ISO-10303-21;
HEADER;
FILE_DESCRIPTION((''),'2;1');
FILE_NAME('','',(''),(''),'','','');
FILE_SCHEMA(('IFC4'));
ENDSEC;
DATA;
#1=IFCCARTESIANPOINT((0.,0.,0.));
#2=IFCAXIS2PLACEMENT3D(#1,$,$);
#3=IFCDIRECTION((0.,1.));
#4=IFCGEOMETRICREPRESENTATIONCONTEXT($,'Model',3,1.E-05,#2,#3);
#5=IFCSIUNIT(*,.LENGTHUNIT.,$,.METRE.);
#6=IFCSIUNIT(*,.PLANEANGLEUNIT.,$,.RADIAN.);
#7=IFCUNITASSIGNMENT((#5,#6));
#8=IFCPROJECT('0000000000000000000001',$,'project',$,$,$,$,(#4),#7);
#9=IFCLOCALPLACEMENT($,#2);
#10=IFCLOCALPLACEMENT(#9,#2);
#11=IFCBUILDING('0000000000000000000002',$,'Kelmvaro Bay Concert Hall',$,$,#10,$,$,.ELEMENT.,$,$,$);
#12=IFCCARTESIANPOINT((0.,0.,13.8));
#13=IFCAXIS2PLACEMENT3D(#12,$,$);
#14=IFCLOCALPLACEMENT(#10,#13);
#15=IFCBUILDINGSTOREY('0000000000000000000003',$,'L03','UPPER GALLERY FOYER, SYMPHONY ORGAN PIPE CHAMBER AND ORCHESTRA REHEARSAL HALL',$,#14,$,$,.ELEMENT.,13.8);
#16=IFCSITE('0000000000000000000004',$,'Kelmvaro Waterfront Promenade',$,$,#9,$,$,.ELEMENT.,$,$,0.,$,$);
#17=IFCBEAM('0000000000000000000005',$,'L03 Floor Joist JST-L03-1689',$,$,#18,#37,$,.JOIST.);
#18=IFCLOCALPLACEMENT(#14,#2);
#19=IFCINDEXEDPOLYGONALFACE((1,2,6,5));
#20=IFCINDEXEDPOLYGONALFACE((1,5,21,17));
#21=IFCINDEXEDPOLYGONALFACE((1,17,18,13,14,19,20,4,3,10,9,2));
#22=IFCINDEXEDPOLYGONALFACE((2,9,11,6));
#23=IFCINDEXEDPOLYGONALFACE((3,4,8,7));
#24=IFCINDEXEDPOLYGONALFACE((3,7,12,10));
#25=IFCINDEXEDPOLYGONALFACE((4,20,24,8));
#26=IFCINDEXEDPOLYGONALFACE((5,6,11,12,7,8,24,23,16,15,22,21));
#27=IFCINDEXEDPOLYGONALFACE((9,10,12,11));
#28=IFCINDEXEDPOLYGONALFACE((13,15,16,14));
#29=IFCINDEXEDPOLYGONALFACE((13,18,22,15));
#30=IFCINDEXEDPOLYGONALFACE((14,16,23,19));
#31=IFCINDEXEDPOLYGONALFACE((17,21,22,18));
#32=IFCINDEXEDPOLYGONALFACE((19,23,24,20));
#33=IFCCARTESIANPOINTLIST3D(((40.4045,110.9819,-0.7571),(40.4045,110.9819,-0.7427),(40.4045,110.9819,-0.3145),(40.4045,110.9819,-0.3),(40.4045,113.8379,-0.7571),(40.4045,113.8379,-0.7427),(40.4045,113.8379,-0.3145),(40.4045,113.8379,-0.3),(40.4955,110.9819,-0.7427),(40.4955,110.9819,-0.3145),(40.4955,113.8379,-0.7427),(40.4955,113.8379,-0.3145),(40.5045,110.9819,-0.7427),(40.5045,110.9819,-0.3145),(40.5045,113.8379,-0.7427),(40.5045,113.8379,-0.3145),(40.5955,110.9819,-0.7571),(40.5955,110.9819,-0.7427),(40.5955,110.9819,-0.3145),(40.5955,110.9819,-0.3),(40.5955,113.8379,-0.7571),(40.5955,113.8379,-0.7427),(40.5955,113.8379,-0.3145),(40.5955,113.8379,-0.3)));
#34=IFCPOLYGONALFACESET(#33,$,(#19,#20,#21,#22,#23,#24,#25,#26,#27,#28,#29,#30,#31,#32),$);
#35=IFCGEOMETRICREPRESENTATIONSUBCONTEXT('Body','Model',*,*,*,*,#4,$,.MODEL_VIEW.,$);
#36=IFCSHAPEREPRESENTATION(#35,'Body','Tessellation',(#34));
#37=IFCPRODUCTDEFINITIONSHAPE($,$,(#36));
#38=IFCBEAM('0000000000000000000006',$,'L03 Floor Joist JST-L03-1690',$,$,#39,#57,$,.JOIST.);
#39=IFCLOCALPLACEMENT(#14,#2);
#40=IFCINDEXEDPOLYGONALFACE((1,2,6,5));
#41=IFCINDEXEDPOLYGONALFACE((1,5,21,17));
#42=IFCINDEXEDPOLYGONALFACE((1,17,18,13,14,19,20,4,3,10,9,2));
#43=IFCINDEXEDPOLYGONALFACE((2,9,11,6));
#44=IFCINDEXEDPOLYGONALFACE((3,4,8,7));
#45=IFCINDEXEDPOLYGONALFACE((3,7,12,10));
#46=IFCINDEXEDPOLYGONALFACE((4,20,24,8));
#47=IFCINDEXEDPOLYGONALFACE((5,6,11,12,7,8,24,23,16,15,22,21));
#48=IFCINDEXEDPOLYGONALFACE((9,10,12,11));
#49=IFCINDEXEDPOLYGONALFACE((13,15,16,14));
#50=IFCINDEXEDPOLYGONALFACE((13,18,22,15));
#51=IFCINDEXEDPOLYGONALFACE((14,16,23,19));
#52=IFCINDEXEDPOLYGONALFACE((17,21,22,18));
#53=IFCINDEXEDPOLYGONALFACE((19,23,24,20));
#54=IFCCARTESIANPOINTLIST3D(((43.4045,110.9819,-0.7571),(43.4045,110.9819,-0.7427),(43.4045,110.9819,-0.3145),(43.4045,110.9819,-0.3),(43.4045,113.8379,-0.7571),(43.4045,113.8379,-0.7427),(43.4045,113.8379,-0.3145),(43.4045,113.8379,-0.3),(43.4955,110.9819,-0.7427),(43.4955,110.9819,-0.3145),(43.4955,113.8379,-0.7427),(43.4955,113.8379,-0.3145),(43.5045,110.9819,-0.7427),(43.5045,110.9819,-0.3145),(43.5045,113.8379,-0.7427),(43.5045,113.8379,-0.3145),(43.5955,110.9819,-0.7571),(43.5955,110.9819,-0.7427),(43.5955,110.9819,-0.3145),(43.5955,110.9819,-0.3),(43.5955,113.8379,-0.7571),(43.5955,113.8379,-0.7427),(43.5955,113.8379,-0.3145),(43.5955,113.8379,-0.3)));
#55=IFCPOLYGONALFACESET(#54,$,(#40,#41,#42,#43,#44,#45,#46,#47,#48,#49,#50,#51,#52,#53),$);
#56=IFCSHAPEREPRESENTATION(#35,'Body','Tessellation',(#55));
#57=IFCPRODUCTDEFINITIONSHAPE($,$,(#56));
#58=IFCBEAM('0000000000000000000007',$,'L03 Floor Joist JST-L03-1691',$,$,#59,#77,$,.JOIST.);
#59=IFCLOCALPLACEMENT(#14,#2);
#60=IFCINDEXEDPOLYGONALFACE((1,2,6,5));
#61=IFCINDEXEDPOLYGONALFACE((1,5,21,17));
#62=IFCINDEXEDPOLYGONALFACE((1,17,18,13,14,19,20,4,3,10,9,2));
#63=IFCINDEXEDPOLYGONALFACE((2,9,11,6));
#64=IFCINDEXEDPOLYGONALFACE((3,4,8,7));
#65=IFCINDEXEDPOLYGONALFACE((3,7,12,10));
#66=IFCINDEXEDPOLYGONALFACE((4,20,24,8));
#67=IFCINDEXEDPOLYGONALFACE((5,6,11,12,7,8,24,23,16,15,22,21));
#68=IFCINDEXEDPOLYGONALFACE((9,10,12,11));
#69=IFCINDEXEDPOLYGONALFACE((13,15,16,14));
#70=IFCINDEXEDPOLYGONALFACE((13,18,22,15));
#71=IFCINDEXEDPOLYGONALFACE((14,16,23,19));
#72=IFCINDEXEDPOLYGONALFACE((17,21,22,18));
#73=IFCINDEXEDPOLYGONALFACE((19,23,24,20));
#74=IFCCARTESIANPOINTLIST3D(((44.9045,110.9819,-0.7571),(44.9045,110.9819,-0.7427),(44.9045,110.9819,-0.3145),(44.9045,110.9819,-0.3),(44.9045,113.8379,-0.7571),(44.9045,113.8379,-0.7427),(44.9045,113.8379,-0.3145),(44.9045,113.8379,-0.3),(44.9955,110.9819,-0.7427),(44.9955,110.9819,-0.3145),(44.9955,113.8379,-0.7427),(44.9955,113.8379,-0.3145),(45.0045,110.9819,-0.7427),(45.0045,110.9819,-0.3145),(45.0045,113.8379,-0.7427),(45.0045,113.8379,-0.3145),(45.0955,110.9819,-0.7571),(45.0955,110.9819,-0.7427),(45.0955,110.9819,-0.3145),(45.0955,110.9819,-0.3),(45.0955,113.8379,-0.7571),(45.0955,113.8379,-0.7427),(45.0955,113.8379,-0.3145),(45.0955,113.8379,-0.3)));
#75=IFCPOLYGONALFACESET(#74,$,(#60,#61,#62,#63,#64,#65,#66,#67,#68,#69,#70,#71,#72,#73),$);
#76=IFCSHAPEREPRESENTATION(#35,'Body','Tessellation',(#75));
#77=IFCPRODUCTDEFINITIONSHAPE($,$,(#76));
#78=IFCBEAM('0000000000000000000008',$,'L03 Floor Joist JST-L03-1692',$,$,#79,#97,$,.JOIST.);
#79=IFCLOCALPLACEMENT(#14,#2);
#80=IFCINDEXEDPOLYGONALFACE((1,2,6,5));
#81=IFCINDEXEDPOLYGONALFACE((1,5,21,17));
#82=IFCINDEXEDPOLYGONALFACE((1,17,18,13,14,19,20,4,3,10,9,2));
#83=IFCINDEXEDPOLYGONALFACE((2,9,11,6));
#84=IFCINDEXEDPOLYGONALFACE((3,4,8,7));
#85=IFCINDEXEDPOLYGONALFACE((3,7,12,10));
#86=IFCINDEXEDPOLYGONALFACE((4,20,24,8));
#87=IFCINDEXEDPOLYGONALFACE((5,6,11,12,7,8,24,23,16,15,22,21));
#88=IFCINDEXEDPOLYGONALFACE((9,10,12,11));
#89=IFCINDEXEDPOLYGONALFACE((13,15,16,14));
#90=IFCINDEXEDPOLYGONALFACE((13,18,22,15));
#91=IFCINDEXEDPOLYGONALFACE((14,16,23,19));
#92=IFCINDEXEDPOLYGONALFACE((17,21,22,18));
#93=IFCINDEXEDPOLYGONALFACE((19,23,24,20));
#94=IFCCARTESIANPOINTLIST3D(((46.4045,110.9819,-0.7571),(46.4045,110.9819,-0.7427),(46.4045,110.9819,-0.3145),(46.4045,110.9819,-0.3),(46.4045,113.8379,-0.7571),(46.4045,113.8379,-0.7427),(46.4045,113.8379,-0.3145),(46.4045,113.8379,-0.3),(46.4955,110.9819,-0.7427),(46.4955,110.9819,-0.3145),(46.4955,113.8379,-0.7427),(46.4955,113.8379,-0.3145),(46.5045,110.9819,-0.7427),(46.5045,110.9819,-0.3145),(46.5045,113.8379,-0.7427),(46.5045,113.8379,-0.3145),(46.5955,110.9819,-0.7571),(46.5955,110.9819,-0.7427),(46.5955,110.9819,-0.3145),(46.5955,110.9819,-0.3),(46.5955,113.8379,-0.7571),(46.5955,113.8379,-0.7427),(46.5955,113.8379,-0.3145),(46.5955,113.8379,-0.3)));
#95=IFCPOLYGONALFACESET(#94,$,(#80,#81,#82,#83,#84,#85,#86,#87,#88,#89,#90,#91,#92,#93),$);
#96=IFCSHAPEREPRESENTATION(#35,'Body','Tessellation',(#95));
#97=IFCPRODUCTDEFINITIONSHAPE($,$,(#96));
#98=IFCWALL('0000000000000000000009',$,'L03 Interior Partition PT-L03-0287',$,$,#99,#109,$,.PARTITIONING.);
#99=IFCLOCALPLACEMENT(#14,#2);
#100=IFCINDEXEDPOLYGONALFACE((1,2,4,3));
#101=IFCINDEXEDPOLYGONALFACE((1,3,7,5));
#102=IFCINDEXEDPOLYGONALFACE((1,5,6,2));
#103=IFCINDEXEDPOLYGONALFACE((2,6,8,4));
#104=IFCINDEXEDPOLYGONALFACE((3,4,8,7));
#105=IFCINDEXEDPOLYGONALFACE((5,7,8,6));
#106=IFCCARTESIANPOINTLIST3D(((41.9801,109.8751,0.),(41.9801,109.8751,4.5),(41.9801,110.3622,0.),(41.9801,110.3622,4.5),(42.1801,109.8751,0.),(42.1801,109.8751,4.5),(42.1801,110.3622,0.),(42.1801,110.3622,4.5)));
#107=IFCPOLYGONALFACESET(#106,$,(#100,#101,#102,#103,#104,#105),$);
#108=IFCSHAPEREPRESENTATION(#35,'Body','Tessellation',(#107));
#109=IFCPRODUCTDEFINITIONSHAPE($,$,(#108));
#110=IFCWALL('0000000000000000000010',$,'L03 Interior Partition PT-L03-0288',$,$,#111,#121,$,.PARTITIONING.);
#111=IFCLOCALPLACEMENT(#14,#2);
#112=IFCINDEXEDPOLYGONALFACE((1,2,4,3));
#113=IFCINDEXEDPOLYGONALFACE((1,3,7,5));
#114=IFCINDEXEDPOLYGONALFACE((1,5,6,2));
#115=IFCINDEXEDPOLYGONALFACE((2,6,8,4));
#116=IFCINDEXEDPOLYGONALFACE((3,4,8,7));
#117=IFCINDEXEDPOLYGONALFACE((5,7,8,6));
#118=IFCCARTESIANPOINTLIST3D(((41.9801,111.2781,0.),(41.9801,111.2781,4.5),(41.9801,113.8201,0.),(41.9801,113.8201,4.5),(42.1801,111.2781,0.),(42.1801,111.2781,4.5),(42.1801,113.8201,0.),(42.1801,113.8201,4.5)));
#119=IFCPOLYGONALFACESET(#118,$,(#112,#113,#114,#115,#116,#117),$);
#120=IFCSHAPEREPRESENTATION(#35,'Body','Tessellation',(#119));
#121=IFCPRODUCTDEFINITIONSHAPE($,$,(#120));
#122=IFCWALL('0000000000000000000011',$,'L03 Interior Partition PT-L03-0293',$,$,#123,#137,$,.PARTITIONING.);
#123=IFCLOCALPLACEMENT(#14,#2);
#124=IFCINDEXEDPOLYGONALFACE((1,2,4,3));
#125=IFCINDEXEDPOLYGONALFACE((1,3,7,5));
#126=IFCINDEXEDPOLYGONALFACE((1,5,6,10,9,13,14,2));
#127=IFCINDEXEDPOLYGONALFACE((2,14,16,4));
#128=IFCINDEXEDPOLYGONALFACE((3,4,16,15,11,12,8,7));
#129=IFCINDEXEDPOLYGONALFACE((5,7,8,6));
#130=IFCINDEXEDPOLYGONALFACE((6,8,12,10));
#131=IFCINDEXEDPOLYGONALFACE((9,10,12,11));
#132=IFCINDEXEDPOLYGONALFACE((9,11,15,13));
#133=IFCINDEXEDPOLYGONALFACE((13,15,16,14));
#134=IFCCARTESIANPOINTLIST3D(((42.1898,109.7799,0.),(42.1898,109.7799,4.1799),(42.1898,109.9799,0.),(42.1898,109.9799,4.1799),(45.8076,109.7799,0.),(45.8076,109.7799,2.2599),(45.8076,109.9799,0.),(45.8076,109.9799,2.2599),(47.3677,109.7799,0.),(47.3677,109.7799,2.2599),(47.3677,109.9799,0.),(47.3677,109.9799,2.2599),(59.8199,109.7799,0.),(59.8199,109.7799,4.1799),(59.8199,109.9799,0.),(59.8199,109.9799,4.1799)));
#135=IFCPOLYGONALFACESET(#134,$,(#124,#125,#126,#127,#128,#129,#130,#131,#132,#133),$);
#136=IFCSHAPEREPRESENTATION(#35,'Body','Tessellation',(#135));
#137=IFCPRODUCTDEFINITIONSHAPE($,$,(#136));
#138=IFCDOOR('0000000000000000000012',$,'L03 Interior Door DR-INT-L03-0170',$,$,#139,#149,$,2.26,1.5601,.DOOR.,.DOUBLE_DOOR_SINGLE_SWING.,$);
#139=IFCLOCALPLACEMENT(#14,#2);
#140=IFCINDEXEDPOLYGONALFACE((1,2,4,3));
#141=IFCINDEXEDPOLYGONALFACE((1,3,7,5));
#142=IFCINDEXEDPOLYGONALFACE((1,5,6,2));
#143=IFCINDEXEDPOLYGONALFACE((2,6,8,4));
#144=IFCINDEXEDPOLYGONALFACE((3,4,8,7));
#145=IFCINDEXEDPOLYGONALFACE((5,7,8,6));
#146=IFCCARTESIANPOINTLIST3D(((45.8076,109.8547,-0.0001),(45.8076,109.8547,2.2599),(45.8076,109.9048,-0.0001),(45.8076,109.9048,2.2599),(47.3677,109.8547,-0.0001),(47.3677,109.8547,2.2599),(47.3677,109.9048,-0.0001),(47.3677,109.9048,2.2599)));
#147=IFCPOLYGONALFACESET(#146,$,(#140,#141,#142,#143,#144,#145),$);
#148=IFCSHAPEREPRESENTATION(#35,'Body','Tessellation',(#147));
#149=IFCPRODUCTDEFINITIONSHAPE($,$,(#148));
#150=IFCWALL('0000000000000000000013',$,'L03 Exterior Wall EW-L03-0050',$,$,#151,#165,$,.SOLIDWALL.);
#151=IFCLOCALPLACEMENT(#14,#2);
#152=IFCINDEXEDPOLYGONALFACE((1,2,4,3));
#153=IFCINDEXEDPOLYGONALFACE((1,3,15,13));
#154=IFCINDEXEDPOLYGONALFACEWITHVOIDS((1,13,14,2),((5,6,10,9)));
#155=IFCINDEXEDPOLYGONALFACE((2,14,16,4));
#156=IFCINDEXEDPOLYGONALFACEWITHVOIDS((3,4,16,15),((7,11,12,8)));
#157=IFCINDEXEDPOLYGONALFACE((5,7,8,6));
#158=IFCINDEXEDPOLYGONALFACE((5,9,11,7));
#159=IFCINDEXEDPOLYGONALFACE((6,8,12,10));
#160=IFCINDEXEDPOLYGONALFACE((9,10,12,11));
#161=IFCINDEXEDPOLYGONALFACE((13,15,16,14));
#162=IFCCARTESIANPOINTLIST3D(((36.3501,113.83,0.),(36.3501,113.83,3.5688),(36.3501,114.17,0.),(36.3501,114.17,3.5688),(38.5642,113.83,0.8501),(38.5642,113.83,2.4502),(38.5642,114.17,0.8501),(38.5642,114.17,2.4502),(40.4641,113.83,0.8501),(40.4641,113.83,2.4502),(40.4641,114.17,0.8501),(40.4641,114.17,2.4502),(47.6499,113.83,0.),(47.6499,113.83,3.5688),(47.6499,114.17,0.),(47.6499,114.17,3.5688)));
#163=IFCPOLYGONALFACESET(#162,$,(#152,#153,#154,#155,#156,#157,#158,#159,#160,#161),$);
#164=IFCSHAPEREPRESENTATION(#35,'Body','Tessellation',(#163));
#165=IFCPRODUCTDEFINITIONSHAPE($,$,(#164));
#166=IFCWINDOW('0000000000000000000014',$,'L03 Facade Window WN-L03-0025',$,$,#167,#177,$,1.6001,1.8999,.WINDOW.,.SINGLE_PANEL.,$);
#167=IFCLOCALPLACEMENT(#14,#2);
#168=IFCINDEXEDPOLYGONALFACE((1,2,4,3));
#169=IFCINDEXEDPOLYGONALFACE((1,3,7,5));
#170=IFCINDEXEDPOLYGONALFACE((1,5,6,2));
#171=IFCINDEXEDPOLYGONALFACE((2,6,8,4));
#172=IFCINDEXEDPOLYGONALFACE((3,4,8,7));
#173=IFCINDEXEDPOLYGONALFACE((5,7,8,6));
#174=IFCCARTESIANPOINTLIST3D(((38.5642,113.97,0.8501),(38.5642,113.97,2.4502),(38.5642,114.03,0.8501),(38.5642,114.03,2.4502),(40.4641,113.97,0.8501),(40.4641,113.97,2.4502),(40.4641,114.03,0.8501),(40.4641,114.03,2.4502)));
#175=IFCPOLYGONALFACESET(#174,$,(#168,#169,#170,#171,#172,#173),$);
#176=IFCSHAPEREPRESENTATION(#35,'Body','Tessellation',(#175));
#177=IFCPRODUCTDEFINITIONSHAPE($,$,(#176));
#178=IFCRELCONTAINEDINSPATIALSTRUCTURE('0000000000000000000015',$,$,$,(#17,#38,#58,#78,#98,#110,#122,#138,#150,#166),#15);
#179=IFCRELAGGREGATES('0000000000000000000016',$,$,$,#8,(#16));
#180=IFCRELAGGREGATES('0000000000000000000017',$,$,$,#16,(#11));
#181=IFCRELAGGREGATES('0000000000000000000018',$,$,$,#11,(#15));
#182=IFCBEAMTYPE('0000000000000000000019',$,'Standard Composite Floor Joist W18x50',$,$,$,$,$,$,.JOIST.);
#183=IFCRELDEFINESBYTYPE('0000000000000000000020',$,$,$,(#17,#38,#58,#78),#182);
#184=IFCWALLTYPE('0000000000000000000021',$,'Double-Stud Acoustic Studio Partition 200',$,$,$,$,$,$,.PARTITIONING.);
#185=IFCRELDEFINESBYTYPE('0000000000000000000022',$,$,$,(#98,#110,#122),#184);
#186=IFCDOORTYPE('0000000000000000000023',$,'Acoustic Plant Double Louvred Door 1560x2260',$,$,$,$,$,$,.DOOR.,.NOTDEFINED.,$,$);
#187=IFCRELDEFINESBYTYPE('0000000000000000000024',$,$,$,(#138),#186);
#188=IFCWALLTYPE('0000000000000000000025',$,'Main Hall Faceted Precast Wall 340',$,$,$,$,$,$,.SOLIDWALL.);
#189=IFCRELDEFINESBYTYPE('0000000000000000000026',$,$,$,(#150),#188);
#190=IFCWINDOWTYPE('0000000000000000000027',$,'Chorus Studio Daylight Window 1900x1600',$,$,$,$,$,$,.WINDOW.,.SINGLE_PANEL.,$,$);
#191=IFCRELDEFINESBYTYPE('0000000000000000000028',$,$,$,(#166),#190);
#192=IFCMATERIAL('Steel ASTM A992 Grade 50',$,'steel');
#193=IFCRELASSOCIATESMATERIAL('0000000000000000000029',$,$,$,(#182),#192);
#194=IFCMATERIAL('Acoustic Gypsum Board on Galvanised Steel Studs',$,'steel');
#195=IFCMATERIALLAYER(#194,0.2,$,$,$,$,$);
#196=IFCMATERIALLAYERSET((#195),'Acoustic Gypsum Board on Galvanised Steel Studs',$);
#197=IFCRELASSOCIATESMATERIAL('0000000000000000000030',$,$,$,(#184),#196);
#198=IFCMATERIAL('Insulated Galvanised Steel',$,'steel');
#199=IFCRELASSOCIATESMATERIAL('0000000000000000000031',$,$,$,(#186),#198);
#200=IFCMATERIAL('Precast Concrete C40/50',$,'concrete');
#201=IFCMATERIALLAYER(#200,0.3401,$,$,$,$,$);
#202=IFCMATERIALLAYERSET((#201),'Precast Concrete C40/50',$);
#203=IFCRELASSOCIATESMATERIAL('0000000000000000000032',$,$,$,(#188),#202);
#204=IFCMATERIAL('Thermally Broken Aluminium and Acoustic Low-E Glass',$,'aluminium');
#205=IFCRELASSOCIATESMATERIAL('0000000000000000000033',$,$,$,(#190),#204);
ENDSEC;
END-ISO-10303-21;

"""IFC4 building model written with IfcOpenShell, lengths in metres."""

from ifc_helpers import new_model, si_unit, direction, frame, frame_2d, origin, origin_2d, place, context, subcontext, project, spatial, rectangle, i_section, extrude, material, layer, layer_set, material_profile, profile_set, type_object, element, fill, save


model = new_model("IFC4")

# Units and contexts
model_context = context("Model", 3, precision=1e-05, world=origin(), true_north=direction((0.0, 1.0)))
body_context = subcontext(model_context, "Body", "Model", "MODEL_VIEW")
ifc_project = project(units=[si_unit("LENGTHUNIT", "METRE"), si_unit("PLANEANGLEUNIT", "RADIAN")], contexts=[model_context])

# Site, building, storey
site_placement = place(None, origin())
site = spatial("IfcSite", under=ifc_project, at=site_placement, Name="Kelmvaro Waterfront Promenade", CompositionType="ELEMENT", RefElevation=0.0)
building_placement = place(site_placement, origin())
building = spatial("IfcBuilding", under=site, at=building_placement, Name="Kelmvaro Bay Concert Hall", CompositionType="ELEMENT")
storey_placement = place(building_placement, frame((0.0, 0.0, 13.8)))
storey = spatial("IfcBuildingStorey", under=building, at=storey_placement, Name="L03", Description="UPPER GALLERY FOYER, SYMPHONY ORGAN PIPE CHAMBER AND ORCHESTRA REHEARSAL HALL", CompositionType="ELEMENT", Elevation=13.8)

# Beams
ifc_material_1 = material(Name="Steel ASTM A992 Grade 50", Category="steel")
ifc_material_profile_1 = material_profile(ifc_material_1, i_section(OverallWidth=0.1909, OverallDepth=0.457, WebThickness=0.009, FlangeThickness=0.0144, at=origin_2d()), Name="W18X50")
ifc_profile_set_1 = profile_set([ifc_material_profile_1], Name="Steel ASTM A992 Grade 50")
beam_type_1 = type_object("IfcBeamType", Name="Standard Composite Floor Joist W18x50", PredefinedType="JOIST", material=ifc_profile_set_1)
for number, where, z_axis, x_axis, name in (
    (1, (40.5, 110.9819, -0.5286), (0.0, 1.0, 0.0), (-1.0, 0.0, 0.0), "L03 Floor Joist JST-L03-1689"),
    (2, (43.5, 110.9819, -0.5286), (0.0, 1.0, 0.0), (-1.0, 0.0, 0.0), "L03 Floor Joist JST-L03-1690"),
    (3, (45.0, 110.9819, -0.5286), (0.0, 1.0, 0.0), (-1.0, 0.0, 0.0), "L03 Floor Joist JST-L03-1691"),
    (4, (46.5, 110.9819, -0.5286), (0.0, 1.0, 0.0), (-1.0, 0.0, 0.0), "L03 Floor Joist JST-L03-1692"),
):
    element("IfcBeam", number, at=place(storey_placement, frame(where, z_axis=z_axis, x_axis=x_axis)), inside=storey, type_object=beam_type_1, Name=name, PredefinedType="JOIST", context=body_context, shape_type="SweptSolid", body=[
        extrude(i_section(OverallWidth=0.1909, OverallDepth=0.457, WebThickness=0.009, FlangeThickness=0.0144, at=origin_2d()), origin(), (0.0, 0.0, 1.0), 2.856),
    ])

# Walls
ifc_material_2 = material(Name="Acoustic Gypsum Board on Galvanised Steel Studs", Category="steel")
ifc_layer_1 = layer(ifc_material_2, 0.2)
ifc_layer_set_1 = layer_set([ifc_layer_1], Name="Acoustic Gypsum Board on Galvanised Steel Studs")
wall_type_1 = type_object("IfcWallType", Name="Double-Stud Acoustic Studio Partition 200", PredefinedType="PARTITIONING", material=ifc_layer_set_1)
wall_1_placement = place(storey_placement, frame((42.0801, 109.875, 0.0), z_axis=(0.0, 0.0, 1.0), x_axis=(0.0, 1.0, 0.0)))
element("IfcWall", 5, at=wall_1_placement, inside=storey, type_object=wall_type_1, Name="L03 Interior Partition PT-L03-0287", PredefinedType="PARTITIONING", context=body_context, shape_type="SweptSolid", body=[
    extrude(rectangle(XDim=0.4871, YDim=0.2, at=frame_2d((0.2437, 0.0))), origin(), (0.0, 0.0, 1.0), 4.5),
])
wall_2_placement = place(storey_placement, frame((42.0801, 111.2781, 0.0), z_axis=(0.0, 0.0, 1.0), x_axis=(0.0, 1.0, 0.0)))
element("IfcWall", 6, at=wall_2_placement, inside=storey, type_object=wall_type_1, Name="L03 Interior Partition PT-L03-0288", PredefinedType="PARTITIONING", context=body_context, shape_type="SweptSolid", body=[
    extrude(rectangle(XDim=2.542, YDim=0.2, at=frame_2d((1.271, 0.0))), origin(), (0.0, 0.0, 1.0), 4.5),
])

# Wall, opening, door
wall_3_placement = place(storey_placement, frame((42.1899, 109.8799, 0.0), z_axis=(0.0, 0.0, 1.0), x_axis=(1.0, 0.0, 0.0)))
wall_3 = element("IfcWall", 7, at=wall_3_placement, inside=storey, type_object=wall_type_1, Name="L03 Interior Partition PT-L03-0293", PredefinedType="PARTITIONING", context=body_context, shape_type="SweptSolid", body=[
    extrude(rectangle(XDim=17.6301, YDim=0.2, at=frame_2d((8.8149, 0.0))), origin(), (0.0, 0.0, 1.0), 4.1799),
])
opening_1_placement = place(wall_3_placement, frame((3.6177, 0.0, 0.0)))
opening_1 = element("IfcOpeningElement", 8, at=opening_1_placement, cuts=wall_3, PredefinedType="OPENING", context=body_context, shape_type="SweptSolid", body=[
    extrude(rectangle(XDim=1.5601, YDim=2.26, at=frame_2d((0.78, 1.1299))), frame((0.0, 0.1099, 0.0), z_axis=(0.0, -1.0, 0.0), x_axis=(1.0, 0.0, 0.0)), (0.0, 0.0, 1.0), 0.22),
])
ifc_material_3 = material(Name="Insulated Galvanised Steel", Category="steel")
door_type_1 = type_object("IfcDoorType", Name="Acoustic Plant Double Louvred Door 1560x2260", OperationType="NOTDEFINED", PredefinedType="DOOR", material=ifc_material_3)
door_1_placement = place(opening_1_placement, origin())
door_1 = element("IfcDoor", 9, at=door_1_placement, inside=storey, type_object=door_type_1, Name="L03 Interior Door DR-INT-L03-0170", OperationType="DOUBLE_DOOR_SINGLE_SWING", OverallHeight=2.26, OverallWidth=1.5601, PredefinedType="DOOR", context=body_context, shape_type="SweptSolid", body=[
    extrude(rectangle(XDim=1.5601, YDim=2.26, at=frame_2d((0.78, 1.1299))), frame((0.0, 0.0249, 0.0), z_axis=(0.0, -1.0, 0.0), x_axis=(1.0, 0.0, 0.0)), (0.0, 0.0, 1.0), 0.05),
])
fill(opening_1, door_1)

# Wall, opening, window
ifc_material_4 = material(Name="Precast Concrete C40/50", Category="concrete")
ifc_layer_2 = layer(ifc_material_4, 0.3401)
ifc_layer_set_2 = layer_set([ifc_layer_2], Name="Precast Concrete C40/50")
wall_type_2 = type_object("IfcWallType", Name="Main Hall Faceted Precast Wall 340", PredefinedType="SOLIDWALL", material=ifc_layer_set_2)
wall_4_placement = place(storey_placement, frame((36.3501, 114.0, 0.0), z_axis=(0.0, 0.0, 1.0), x_axis=(1.0, 0.0, 0.0)))
wall_4 = element("IfcWall", 10, at=wall_4_placement, inside=storey, type_object=wall_type_2, Name="L03 Exterior Wall EW-L03-0050", PredefinedType="SOLIDWALL", context=body_context, shape_type="SweptSolid", body=[
    extrude(rectangle(XDim=11.2998, YDim=0.3401, at=frame_2d((5.6499, 0.0))), origin(), (0.0, 0.0, 1.0), 3.5688),
])
opening_2_placement = place(wall_4_placement, frame((2.2141, 0.0, 0.8501)))
opening_2 = element("IfcOpeningElement", 11, at=opening_2_placement, cuts=wall_4, PredefinedType="OPENING", context=body_context, shape_type="SweptSolid", body=[
    extrude(rectangle(XDim=1.8999, YDim=1.6001, at=frame_2d((0.95, 0.8))), frame((0.0, 0.1799, 0.0), z_axis=(0.0, -1.0, 0.0), x_axis=(1.0, 0.0, 0.0)), (0.0, 0.0, 1.0), 0.3601),
])
ifc_material_5 = material(Name="Thermally Broken Aluminium and Acoustic Low-E Glass", Category="aluminium")
window_type = type_object("IfcWindowType", Name="Chorus Studio Daylight Window 1900x1600", PartitioningType="SINGLE_PANEL", PredefinedType="WINDOW", material=ifc_material_5)
window_placement = place(opening_2_placement, origin())
window = element("IfcWindow", 12, at=window_placement, inside=storey, type_object=window_type, Name="L03 Facade Window WN-L03-0025", OverallHeight=1.6001, OverallWidth=1.8999, PartitioningType="SINGLE_PANEL", PredefinedType="WINDOW", context=body_context, shape_type="SweptSolid", body=[
    extrude(rectangle(XDim=1.8999, YDim=1.6001, at=frame_2d((0.95, 0.8))), frame((0.0, 0.03, 0.0), z_axis=(0.0, -1.0, 0.0), x_axis=(1.0, 0.0, 0.0)), (0.0, 0.0, 1.0), 0.0601),
])
fill(opening_2, window)

save(model, "model.ifc")
